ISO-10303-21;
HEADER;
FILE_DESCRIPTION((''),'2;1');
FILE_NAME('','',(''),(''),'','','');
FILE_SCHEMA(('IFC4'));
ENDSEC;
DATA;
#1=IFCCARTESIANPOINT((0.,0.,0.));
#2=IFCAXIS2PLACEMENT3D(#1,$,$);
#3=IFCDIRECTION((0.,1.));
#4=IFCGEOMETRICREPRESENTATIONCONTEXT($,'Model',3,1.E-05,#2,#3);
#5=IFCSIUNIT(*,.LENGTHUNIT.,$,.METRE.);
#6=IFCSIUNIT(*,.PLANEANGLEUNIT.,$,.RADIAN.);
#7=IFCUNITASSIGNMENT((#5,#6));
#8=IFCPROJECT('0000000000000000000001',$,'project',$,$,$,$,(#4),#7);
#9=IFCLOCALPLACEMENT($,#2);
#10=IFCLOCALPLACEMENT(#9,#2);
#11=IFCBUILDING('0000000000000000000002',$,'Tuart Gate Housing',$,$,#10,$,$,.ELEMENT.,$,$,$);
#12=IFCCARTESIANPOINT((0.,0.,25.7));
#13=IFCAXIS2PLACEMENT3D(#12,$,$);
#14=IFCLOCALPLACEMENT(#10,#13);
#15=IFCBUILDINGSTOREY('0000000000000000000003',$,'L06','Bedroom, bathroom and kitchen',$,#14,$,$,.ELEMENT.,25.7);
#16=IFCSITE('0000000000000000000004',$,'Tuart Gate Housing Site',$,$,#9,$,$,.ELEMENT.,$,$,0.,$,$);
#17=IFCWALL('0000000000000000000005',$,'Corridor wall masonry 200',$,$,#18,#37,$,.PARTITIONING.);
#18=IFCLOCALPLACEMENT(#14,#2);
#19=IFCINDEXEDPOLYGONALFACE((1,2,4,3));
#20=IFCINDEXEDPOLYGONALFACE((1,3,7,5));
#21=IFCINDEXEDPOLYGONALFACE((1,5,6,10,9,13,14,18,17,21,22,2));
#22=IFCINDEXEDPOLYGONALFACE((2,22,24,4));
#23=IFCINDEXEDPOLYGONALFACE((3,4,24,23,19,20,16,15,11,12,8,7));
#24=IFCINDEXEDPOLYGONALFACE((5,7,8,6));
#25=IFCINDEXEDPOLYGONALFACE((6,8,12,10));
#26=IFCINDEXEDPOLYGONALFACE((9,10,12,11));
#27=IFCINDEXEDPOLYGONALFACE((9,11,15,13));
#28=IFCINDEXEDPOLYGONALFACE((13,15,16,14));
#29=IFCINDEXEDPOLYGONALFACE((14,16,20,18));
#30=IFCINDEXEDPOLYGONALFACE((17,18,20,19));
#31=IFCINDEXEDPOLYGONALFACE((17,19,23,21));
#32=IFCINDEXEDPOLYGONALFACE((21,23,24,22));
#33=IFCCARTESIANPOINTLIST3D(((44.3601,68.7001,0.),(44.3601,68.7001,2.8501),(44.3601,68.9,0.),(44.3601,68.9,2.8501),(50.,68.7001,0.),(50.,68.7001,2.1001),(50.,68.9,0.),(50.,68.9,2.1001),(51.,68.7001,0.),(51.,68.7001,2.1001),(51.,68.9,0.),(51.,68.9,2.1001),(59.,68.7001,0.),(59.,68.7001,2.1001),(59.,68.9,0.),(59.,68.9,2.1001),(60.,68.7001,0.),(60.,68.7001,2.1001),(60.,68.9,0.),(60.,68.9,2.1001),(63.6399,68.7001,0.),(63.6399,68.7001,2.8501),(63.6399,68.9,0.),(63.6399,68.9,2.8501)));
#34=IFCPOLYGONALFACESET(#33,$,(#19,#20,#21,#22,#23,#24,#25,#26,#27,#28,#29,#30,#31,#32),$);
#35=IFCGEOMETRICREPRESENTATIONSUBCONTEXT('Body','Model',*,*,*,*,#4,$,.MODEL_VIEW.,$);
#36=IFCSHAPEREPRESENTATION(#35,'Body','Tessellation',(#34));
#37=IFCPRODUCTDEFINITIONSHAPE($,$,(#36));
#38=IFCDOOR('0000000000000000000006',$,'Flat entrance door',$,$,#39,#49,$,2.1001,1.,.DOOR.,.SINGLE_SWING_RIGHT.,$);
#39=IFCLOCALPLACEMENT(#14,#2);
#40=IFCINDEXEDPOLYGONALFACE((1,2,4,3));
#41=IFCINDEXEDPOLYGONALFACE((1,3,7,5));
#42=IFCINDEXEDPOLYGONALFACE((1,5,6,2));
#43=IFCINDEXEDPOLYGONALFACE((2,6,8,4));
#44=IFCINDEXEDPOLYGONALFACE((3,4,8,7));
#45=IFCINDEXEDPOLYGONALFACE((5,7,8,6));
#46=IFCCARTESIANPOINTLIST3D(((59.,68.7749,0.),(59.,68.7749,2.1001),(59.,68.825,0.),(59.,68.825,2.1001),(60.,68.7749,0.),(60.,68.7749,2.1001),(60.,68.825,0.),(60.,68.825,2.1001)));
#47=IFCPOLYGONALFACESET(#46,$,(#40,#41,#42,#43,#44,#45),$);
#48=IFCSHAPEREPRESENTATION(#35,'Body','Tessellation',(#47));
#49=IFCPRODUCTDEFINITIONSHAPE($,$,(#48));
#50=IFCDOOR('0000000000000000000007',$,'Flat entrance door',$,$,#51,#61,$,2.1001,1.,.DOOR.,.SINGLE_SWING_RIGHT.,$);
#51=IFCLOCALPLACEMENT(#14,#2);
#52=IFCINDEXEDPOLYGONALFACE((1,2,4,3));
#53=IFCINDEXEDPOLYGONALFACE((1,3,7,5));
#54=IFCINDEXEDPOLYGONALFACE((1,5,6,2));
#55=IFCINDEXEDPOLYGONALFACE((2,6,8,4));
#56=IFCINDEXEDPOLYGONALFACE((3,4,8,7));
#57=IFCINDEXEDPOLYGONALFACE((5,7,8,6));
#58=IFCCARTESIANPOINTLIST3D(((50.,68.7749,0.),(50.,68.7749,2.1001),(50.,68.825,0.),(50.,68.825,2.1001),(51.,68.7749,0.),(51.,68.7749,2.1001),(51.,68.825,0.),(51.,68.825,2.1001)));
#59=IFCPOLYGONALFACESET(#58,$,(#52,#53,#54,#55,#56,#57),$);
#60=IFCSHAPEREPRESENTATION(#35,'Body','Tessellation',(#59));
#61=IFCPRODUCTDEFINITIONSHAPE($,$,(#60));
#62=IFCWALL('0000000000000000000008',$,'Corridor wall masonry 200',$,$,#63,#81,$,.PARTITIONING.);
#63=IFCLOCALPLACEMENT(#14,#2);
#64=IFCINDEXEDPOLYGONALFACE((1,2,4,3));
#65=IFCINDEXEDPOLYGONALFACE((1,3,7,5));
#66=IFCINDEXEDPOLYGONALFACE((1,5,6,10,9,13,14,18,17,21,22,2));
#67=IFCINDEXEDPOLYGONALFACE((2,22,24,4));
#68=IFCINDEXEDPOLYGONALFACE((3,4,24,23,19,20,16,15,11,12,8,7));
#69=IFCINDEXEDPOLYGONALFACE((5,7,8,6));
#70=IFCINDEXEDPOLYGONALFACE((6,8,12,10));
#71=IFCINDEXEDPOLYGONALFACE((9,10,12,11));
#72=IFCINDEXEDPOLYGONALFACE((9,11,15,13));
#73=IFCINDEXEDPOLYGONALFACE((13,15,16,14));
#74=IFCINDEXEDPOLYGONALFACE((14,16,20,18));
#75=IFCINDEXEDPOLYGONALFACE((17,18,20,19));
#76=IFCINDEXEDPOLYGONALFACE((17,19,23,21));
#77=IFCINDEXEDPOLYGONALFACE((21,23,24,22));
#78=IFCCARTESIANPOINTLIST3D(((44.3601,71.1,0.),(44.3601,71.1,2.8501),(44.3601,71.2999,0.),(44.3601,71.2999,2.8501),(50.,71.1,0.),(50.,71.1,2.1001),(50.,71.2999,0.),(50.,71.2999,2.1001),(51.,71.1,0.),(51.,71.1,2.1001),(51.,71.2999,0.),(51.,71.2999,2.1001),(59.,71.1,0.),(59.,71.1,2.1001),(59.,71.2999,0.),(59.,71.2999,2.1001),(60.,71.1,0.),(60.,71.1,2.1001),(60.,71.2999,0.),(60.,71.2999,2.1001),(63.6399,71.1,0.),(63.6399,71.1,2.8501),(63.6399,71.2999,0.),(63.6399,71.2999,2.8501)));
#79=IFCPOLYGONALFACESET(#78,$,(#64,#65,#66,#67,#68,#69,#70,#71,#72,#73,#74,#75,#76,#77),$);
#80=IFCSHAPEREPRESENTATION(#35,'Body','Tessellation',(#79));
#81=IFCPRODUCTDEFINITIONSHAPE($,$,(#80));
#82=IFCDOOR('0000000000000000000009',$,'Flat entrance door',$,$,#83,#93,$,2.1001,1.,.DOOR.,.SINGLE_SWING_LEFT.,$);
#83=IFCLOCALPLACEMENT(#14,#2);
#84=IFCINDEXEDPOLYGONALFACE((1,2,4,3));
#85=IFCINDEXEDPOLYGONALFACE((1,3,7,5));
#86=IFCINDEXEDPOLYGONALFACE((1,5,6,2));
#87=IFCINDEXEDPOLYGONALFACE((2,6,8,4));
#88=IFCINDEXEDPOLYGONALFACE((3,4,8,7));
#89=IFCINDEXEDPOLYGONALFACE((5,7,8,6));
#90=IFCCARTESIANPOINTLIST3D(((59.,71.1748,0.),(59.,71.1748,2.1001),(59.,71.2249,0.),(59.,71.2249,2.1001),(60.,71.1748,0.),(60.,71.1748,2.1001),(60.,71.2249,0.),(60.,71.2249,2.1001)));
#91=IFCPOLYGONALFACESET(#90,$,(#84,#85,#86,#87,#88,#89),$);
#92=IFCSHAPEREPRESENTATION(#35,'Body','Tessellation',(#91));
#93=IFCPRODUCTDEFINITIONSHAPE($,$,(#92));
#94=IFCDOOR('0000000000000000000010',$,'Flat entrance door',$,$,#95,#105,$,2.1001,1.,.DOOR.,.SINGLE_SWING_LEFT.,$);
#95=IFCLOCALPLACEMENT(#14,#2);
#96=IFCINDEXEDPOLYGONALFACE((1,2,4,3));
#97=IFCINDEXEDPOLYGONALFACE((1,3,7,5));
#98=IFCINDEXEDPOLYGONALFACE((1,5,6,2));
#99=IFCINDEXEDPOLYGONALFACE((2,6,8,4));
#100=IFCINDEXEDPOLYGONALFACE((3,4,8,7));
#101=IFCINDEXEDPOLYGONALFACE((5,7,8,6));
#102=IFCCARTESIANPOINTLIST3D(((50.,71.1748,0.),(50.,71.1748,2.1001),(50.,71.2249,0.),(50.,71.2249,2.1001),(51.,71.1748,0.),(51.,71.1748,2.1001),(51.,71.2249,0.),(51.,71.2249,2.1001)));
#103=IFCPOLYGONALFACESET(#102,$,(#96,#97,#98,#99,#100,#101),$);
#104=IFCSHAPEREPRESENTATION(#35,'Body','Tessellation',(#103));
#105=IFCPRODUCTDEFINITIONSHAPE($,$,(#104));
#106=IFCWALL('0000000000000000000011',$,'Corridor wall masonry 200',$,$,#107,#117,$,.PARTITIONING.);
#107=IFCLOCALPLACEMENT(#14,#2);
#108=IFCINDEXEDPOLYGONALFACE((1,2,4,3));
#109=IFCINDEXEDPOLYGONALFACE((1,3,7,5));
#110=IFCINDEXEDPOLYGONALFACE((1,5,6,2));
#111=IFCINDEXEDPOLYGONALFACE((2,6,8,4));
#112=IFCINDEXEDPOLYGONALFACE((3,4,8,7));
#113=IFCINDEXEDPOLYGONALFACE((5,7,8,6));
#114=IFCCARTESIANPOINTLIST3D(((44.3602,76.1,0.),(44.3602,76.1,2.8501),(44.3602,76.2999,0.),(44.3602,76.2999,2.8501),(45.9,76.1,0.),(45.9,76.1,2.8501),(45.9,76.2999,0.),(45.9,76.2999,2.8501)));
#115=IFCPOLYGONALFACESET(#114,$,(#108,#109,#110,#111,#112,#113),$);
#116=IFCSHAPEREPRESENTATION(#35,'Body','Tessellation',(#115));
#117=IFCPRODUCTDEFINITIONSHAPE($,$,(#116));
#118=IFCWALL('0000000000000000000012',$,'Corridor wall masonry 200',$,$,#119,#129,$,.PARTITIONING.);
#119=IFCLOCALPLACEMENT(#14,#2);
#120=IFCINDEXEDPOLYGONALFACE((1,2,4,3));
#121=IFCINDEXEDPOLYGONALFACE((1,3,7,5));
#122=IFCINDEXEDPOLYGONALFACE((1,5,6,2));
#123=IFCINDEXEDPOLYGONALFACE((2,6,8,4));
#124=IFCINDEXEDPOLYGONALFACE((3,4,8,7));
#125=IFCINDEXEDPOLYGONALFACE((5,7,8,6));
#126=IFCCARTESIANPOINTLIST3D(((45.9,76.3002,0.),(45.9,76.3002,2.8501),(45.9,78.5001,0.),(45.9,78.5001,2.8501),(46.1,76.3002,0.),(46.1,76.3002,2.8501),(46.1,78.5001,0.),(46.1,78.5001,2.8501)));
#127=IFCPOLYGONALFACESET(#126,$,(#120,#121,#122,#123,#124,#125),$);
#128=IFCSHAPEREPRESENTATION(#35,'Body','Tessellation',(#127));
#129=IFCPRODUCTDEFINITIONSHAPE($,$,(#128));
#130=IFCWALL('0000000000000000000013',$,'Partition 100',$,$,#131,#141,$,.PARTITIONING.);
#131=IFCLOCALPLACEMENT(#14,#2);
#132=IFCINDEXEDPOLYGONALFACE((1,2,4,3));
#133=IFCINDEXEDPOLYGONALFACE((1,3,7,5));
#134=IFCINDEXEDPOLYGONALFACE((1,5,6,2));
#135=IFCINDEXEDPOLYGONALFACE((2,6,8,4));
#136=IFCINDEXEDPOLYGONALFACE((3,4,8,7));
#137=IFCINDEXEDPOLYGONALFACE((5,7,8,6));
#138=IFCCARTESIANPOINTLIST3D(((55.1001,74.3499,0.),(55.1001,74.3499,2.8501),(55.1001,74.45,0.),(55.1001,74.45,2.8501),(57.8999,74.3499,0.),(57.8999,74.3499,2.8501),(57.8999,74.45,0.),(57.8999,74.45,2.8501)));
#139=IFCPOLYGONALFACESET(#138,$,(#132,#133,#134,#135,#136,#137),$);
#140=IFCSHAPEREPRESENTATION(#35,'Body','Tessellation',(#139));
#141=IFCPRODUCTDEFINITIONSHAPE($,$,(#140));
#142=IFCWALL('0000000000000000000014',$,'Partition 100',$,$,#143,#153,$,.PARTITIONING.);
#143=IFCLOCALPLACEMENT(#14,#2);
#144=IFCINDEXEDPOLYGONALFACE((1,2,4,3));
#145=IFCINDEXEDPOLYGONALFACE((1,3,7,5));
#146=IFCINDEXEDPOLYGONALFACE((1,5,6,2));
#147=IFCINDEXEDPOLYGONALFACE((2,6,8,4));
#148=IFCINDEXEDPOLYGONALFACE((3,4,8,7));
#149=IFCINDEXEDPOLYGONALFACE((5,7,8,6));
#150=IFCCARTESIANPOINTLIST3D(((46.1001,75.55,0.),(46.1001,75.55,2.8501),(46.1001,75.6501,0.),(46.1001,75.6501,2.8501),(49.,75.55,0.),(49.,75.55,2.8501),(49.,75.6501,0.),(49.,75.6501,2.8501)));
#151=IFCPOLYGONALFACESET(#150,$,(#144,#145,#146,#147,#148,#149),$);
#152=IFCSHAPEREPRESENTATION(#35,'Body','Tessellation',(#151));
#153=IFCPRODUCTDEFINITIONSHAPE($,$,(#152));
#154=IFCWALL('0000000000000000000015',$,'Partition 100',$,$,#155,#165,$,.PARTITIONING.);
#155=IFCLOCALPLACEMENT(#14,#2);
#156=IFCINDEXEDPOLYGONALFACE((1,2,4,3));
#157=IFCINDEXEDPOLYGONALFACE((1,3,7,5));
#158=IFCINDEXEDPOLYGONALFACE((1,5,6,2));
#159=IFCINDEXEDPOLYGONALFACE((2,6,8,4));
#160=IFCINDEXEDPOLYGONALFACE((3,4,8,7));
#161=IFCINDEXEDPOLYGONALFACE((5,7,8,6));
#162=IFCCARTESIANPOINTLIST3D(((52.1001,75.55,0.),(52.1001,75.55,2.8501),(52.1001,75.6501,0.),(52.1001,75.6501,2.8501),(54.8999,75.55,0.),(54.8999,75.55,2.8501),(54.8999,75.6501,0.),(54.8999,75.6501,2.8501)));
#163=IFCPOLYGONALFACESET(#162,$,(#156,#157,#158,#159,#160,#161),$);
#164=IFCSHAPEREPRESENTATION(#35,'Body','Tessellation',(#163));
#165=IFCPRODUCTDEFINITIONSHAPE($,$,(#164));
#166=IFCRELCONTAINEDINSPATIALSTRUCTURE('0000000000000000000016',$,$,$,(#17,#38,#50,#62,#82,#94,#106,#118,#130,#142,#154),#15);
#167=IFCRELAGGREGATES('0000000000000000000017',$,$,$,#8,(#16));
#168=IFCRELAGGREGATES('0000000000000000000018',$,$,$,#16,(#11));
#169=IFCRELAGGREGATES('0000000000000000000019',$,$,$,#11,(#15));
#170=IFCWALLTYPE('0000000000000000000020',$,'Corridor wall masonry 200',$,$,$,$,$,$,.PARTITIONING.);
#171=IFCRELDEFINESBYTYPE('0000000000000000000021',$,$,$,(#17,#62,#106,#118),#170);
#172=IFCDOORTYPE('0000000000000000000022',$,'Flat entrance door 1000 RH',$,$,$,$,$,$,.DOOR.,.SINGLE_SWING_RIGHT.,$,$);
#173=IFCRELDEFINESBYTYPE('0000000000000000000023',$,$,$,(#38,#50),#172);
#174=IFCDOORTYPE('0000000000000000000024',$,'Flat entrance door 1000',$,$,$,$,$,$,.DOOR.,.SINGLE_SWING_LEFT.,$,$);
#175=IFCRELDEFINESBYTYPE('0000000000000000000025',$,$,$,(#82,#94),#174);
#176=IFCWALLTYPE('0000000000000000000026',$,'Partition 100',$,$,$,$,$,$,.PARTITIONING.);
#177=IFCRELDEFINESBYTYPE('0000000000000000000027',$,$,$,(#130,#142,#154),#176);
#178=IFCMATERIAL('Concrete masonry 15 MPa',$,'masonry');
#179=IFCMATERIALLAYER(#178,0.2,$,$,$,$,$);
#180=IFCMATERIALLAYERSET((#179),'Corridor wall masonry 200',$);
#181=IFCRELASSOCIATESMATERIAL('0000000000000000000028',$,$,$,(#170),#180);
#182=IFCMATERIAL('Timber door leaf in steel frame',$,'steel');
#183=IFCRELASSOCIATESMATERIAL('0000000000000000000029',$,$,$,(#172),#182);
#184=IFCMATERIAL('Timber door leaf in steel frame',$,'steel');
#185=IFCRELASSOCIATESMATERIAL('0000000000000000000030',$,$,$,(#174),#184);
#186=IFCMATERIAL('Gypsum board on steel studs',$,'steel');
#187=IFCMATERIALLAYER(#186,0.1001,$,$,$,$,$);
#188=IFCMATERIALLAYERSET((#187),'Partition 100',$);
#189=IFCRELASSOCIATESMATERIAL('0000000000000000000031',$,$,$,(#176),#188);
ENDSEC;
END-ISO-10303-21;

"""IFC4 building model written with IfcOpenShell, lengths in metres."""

from ifc_helpers import new_model, si_unit, direction, frame, frame_2d, origin, place, context, subcontext, project, spatial, rectangle, extrude, material, layer, layer_set, type_object, element, fill, save


model = new_model("IFC4")

# Units and contexts
model_context = context("Model", 3, precision=1e-05, world=origin(), true_north=direction((0.0, 1.0)))
body_context = subcontext(model_context, "Body", "Model", "MODEL_VIEW")
ifc_project = project(units=[si_unit("LENGTHUNIT", "METRE"), si_unit("PLANEANGLEUNIT", "RADIAN")], contexts=[model_context])

# Site, building, storey
site_placement = place(None, origin())
site = spatial("IfcSite", under=ifc_project, at=site_placement, Name="Tuart Gate Housing Site", CompositionType="ELEMENT", RefElevation=0.0)
building_placement = place(site_placement, origin())
building = spatial("IfcBuilding", under=site, at=building_placement, Name="Tuart Gate Housing", CompositionType="ELEMENT")
storey_placement = place(building_placement, frame((0.0, 0.0, 25.7)))
storey = spatial("IfcBuildingStorey", under=building, at=storey_placement, Name="L06", Description="Bedroom, bathroom and kitchen", CompositionType="ELEMENT", Elevation=25.7)

# Walls, openings, doors
ifc_material_1 = material(Name="Concrete masonry 15 MPa", Category="masonry")
ifc_layer_1 = layer(ifc_material_1, 0.2)
ifc_layer_set_1 = layer_set([ifc_layer_1], Name="Corridor wall masonry 200")
wall_type_1 = type_object("IfcWallType", Name="Corridor wall masonry 200", PredefinedType="PARTITIONING", material=ifc_layer_set_1)
wall_1_placement = place(storey_placement, frame((44.3601, 68.8, 0.0), z_axis=(0.0, 0.0, 1.0), x_axis=(1.0, 0.0, 0.0)))
wall_1 = element("IfcWall", 1, at=wall_1_placement, inside=storey, type_object=wall_type_1, Name="Corridor wall masonry 200", PredefinedType="PARTITIONING", context=body_context, shape_type="SweptSolid", body=[
    extrude(rectangle(XDim=19.2798, YDim=0.2, at=frame_2d((9.6399, 0.0))), origin(), (0.0, 0.0, 1.0), 2.8501),
])
opening_1_placement = place(wall_1_placement, frame((14.6399, 0.0, 0.0)))
opening_1 = element("IfcOpeningElement", 2, at=opening_1_placement, cuts=wall_1, PredefinedType="OPENING", context=body_context, shape_type="SweptSolid", body=[
    extrude(rectangle(XDim=1.0, YDim=2.1001, at=frame_2d((0.5, 1.05))), frame((0.0, 0.1099, 0.0), z_axis=(0.0, -1.0, 0.0), x_axis=(1.0, 0.0, 0.0)), (0.0, 0.0, 1.0), 0.22),
])
opening_2_placement = place(wall_1_placement, frame((5.6399, 0.0, 0.0)))
opening_2 = element("IfcOpeningElement", 3, at=opening_2_placement, cuts=wall_1, PredefinedType="OPENING", context=body_context, shape_type="SweptSolid", body=[
    extrude(rectangle(XDim=1.0, YDim=2.1001, at=frame_2d((0.5, 1.05))), frame((0.0, 0.1099, 0.0), z_axis=(0.0, -1.0, 0.0), x_axis=(1.0, 0.0, 0.0)), (0.0, 0.0, 1.0), 0.22),
])
ifc_material_2 = material(Name="Timber door leaf in steel frame", Category="steel")
door_type_1 = type_object("IfcDoorType", Name="Flat entrance door 1000 RH", OperationType="SINGLE_SWING_RIGHT", PredefinedType="DOOR", material=ifc_material_2)
door_1_placement = place(opening_1_placement, frame((1.0, 0.0, 0.0), z_axis=(0.0, 0.0, 1.0), x_axis=(-1.0, 0.0, 0.0)))
door_1 = element("IfcDoor", 4, at=door_1_placement, inside=storey, type_object=door_type_1, Name="Flat entrance door", OperationType="SINGLE_SWING_RIGHT", OverallHeight=2.1001, OverallWidth=1.0, PredefinedType="DOOR", context=body_context, shape_type="SweptSolid", body=[
    extrude(rectangle(XDim=1.0, YDim=2.1001, at=frame_2d((0.5, 1.05))), frame((0.0, 0.0251, 0.0), z_axis=(0.0, -1.0, 0.0), x_axis=(1.0, 0.0, 0.0)), (0.0, 0.0, 1.0), 0.05),
])
fill(opening_1, door_1)
door_2_placement = place(opening_2_placement, frame((1.0, 0.0, 0.0), z_axis=(0.0, 0.0, 1.0), x_axis=(-1.0, 0.0, 0.0)))
door_2 = element("IfcDoor", 5, at=door_2_placement, inside=storey, type_object=door_type_1, Name="Flat entrance door", OperationType="SINGLE_SWING_RIGHT", OverallHeight=2.1001, OverallWidth=1.0, PredefinedType="DOOR", context=body_context, shape_type="SweptSolid", body=[
    extrude(rectangle(XDim=1.0, YDim=2.1001, at=frame_2d((0.5, 1.05))), frame((0.0, 0.0251, 0.0), z_axis=(0.0, -1.0, 0.0), x_axis=(1.0, 0.0, 0.0)), (0.0, 0.0, 1.0), 0.05),
])
fill(opening_2, door_2)
wall_2_placement = place(storey_placement, frame((44.3601, 71.2, 0.0), z_axis=(0.0, 0.0, 1.0), x_axis=(1.0, 0.0, 0.0)))
wall_2 = element("IfcWall", 6, at=wall_2_placement, inside=storey, type_object=wall_type_1, Name="Corridor wall masonry 200", PredefinedType="PARTITIONING", context=body_context, shape_type="SweptSolid", body=[
    extrude(rectangle(XDim=19.2798, YDim=0.2, at=frame_2d((9.6399, 0.0))), origin(), (0.0, 0.0, 1.0), 2.8501),
])
opening_3_placement = place(wall_2_placement, frame((14.6399, 0.0, 0.0)))
opening_3 = element("IfcOpeningElement", 7, at=opening_3_placement, cuts=wall_2, PredefinedType="OPENING", context=body_context, shape_type="SweptSolid", body=[
    extrude(rectangle(XDim=1.0, YDim=2.1001, at=frame_2d((0.5, 1.05))), frame((0.0, 0.1099, 0.0), z_axis=(0.0, -1.0, 0.0), x_axis=(1.0, 0.0, 0.0)), (0.0, 0.0, 1.0), 0.22),
])
opening_4_placement = place(wall_2_placement, frame((5.6399, 0.0, 0.0)))
opening_4 = element("IfcOpeningElement", 8, at=opening_4_placement, cuts=wall_2, PredefinedType="OPENING", context=body_context, shape_type="SweptSolid", body=[
    extrude(rectangle(XDim=1.0, YDim=2.1001, at=frame_2d((0.5, 1.05))), frame((0.0, 0.1099, 0.0), z_axis=(0.0, -1.0, 0.0), x_axis=(1.0, 0.0, 0.0)), (0.0, 0.0, 1.0), 0.22),
])
ifc_material_3 = material(Name="Timber door leaf in steel frame", Category="steel")
door_type_2 = type_object("IfcDoorType", Name="Flat entrance door 1000", OperationType="SINGLE_SWING_LEFT", PredefinedType="DOOR", material=ifc_material_3)
door_3_placement = place(opening_3_placement, origin())
door_3 = element("IfcDoor", 9, at=door_3_placement, inside=storey, type_object=door_type_2, Name="Flat entrance door", OperationType="SINGLE_SWING_LEFT", OverallHeight=2.1001, OverallWidth=1.0, PredefinedType="DOOR", context=body_context, shape_type="SweptSolid", body=[
    extrude(rectangle(XDim=1.0, YDim=2.1001, at=frame_2d((0.5, 1.05))), frame((0.0, 0.0249, 0.0), z_axis=(0.0, -1.0, 0.0), x_axis=(1.0, 0.0, 0.0)), (0.0, 0.0, 1.0), 0.05),
])
fill(opening_3, door_3)
door_4_placement = place(opening_4_placement, origin())
door_4 = element("IfcDoor", 10, at=door_4_placement, inside=storey, type_object=door_type_2, Name="Flat entrance door", OperationType="SINGLE_SWING_LEFT", OverallHeight=2.1001, OverallWidth=1.0, PredefinedType="DOOR", context=body_context, shape_type="SweptSolid", body=[
    extrude(rectangle(XDim=1.0, YDim=2.1001, at=frame_2d((0.5, 1.05))), frame((0.0, 0.0249, 0.0), z_axis=(0.0, -1.0, 0.0), x_axis=(1.0, 0.0, 0.0)), (0.0, 0.0, 1.0), 0.05),
])
fill(opening_4, door_4)

# Walls
wall_3_placement = place(storey_placement, frame((44.3601, 76.2, 0.0), z_axis=(0.0, 0.0, 1.0), x_axis=(1.0, 0.0, 0.0)))
element("IfcWall", 11, at=wall_3_placement, inside=storey, type_object=wall_type_1, Name="Corridor wall masonry 200", PredefinedType="PARTITIONING", context=body_context, shape_type="SweptSolid", body=[
    extrude(rectangle(XDim=1.5398, YDim=0.2, at=frame_2d((0.77, 0.0))), origin(), (0.0, 0.0, 1.0), 2.8501),
])
wall_4_placement = place(storey_placement, frame((46.0, 76.3, 0.0), z_axis=(0.0, 0.0, 1.0), x_axis=(0.0, 1.0, 0.0)))
element("IfcWall", 12, at=wall_4_placement, inside=storey, type_object=wall_type_1, Name="Corridor wall masonry 200", PredefinedType="PARTITIONING", context=body_context, shape_type="SweptSolid", body=[
    extrude(rectangle(XDim=2.2, YDim=0.2, at=frame_2d((1.1001, 0.0))), origin(), (0.0, 0.0, 1.0), 2.8501),
])
ifc_material_4 = material(Name="Gypsum board on steel studs", Category="steel")
ifc_layer_2 = layer(ifc_material_4, 0.1001)
ifc_layer_set_2 = layer_set([ifc_layer_2], Name="Partition 100")
wall_type_2 = type_object("IfcWallType", Name="Partition 100", PredefinedType="PARTITIONING", material=ifc_layer_set_2)
wall_5_placement = place(storey_placement, frame((55.1001, 74.3999, 0.0), z_axis=(0.0, 0.0, 1.0), x_axis=(1.0, 0.0, 0.0)))
element("IfcWall", 13, at=wall_5_placement, inside=storey, type_object=wall_type_2, Name="Partition 100", PredefinedType="PARTITIONING", context=body_context, shape_type="SweptSolid", body=[
    extrude(rectangle(XDim=2.7998, YDim=0.1001, at=frame_2d((1.3999, 0.0))), origin(), (0.0, 0.0, 1.0), 2.8501),
])
wall_6_placement = place(storey_placement, frame((46.1001, 75.6001, 0.0), z_axis=(0.0, 0.0, 1.0), x_axis=(1.0, 0.0, 0.0)))
element("IfcWall", 14, at=wall_6_placement, inside=storey, type_object=wall_type_2, Name="Partition 100", PredefinedType="PARTITIONING", context=body_context, shape_type="SweptSolid", body=[
    extrude(rectangle(XDim=2.8999, YDim=0.1001, at=frame_2d((1.45, 0.0))), origin(), (0.0, 0.0, 1.0), 2.8501),
])
wall_7_placement = place(storey_placement, frame((52.1001, 75.6001, 0.0), z_axis=(0.0, 0.0, 1.0), x_axis=(1.0, 0.0, 0.0)))
element("IfcWall", 15, at=wall_7_placement, inside=storey, type_object=wall_type_2, Name="Partition 100", PredefinedType="PARTITIONING", context=body_context, shape_type="SweptSolid", body=[
    extrude(rectangle(XDim=2.7998, YDim=0.1001, at=frame_2d((1.3999, 0.0))), origin(), (0.0, 0.0, 1.0), 2.8501),
])

save(model, "model.ifc")
